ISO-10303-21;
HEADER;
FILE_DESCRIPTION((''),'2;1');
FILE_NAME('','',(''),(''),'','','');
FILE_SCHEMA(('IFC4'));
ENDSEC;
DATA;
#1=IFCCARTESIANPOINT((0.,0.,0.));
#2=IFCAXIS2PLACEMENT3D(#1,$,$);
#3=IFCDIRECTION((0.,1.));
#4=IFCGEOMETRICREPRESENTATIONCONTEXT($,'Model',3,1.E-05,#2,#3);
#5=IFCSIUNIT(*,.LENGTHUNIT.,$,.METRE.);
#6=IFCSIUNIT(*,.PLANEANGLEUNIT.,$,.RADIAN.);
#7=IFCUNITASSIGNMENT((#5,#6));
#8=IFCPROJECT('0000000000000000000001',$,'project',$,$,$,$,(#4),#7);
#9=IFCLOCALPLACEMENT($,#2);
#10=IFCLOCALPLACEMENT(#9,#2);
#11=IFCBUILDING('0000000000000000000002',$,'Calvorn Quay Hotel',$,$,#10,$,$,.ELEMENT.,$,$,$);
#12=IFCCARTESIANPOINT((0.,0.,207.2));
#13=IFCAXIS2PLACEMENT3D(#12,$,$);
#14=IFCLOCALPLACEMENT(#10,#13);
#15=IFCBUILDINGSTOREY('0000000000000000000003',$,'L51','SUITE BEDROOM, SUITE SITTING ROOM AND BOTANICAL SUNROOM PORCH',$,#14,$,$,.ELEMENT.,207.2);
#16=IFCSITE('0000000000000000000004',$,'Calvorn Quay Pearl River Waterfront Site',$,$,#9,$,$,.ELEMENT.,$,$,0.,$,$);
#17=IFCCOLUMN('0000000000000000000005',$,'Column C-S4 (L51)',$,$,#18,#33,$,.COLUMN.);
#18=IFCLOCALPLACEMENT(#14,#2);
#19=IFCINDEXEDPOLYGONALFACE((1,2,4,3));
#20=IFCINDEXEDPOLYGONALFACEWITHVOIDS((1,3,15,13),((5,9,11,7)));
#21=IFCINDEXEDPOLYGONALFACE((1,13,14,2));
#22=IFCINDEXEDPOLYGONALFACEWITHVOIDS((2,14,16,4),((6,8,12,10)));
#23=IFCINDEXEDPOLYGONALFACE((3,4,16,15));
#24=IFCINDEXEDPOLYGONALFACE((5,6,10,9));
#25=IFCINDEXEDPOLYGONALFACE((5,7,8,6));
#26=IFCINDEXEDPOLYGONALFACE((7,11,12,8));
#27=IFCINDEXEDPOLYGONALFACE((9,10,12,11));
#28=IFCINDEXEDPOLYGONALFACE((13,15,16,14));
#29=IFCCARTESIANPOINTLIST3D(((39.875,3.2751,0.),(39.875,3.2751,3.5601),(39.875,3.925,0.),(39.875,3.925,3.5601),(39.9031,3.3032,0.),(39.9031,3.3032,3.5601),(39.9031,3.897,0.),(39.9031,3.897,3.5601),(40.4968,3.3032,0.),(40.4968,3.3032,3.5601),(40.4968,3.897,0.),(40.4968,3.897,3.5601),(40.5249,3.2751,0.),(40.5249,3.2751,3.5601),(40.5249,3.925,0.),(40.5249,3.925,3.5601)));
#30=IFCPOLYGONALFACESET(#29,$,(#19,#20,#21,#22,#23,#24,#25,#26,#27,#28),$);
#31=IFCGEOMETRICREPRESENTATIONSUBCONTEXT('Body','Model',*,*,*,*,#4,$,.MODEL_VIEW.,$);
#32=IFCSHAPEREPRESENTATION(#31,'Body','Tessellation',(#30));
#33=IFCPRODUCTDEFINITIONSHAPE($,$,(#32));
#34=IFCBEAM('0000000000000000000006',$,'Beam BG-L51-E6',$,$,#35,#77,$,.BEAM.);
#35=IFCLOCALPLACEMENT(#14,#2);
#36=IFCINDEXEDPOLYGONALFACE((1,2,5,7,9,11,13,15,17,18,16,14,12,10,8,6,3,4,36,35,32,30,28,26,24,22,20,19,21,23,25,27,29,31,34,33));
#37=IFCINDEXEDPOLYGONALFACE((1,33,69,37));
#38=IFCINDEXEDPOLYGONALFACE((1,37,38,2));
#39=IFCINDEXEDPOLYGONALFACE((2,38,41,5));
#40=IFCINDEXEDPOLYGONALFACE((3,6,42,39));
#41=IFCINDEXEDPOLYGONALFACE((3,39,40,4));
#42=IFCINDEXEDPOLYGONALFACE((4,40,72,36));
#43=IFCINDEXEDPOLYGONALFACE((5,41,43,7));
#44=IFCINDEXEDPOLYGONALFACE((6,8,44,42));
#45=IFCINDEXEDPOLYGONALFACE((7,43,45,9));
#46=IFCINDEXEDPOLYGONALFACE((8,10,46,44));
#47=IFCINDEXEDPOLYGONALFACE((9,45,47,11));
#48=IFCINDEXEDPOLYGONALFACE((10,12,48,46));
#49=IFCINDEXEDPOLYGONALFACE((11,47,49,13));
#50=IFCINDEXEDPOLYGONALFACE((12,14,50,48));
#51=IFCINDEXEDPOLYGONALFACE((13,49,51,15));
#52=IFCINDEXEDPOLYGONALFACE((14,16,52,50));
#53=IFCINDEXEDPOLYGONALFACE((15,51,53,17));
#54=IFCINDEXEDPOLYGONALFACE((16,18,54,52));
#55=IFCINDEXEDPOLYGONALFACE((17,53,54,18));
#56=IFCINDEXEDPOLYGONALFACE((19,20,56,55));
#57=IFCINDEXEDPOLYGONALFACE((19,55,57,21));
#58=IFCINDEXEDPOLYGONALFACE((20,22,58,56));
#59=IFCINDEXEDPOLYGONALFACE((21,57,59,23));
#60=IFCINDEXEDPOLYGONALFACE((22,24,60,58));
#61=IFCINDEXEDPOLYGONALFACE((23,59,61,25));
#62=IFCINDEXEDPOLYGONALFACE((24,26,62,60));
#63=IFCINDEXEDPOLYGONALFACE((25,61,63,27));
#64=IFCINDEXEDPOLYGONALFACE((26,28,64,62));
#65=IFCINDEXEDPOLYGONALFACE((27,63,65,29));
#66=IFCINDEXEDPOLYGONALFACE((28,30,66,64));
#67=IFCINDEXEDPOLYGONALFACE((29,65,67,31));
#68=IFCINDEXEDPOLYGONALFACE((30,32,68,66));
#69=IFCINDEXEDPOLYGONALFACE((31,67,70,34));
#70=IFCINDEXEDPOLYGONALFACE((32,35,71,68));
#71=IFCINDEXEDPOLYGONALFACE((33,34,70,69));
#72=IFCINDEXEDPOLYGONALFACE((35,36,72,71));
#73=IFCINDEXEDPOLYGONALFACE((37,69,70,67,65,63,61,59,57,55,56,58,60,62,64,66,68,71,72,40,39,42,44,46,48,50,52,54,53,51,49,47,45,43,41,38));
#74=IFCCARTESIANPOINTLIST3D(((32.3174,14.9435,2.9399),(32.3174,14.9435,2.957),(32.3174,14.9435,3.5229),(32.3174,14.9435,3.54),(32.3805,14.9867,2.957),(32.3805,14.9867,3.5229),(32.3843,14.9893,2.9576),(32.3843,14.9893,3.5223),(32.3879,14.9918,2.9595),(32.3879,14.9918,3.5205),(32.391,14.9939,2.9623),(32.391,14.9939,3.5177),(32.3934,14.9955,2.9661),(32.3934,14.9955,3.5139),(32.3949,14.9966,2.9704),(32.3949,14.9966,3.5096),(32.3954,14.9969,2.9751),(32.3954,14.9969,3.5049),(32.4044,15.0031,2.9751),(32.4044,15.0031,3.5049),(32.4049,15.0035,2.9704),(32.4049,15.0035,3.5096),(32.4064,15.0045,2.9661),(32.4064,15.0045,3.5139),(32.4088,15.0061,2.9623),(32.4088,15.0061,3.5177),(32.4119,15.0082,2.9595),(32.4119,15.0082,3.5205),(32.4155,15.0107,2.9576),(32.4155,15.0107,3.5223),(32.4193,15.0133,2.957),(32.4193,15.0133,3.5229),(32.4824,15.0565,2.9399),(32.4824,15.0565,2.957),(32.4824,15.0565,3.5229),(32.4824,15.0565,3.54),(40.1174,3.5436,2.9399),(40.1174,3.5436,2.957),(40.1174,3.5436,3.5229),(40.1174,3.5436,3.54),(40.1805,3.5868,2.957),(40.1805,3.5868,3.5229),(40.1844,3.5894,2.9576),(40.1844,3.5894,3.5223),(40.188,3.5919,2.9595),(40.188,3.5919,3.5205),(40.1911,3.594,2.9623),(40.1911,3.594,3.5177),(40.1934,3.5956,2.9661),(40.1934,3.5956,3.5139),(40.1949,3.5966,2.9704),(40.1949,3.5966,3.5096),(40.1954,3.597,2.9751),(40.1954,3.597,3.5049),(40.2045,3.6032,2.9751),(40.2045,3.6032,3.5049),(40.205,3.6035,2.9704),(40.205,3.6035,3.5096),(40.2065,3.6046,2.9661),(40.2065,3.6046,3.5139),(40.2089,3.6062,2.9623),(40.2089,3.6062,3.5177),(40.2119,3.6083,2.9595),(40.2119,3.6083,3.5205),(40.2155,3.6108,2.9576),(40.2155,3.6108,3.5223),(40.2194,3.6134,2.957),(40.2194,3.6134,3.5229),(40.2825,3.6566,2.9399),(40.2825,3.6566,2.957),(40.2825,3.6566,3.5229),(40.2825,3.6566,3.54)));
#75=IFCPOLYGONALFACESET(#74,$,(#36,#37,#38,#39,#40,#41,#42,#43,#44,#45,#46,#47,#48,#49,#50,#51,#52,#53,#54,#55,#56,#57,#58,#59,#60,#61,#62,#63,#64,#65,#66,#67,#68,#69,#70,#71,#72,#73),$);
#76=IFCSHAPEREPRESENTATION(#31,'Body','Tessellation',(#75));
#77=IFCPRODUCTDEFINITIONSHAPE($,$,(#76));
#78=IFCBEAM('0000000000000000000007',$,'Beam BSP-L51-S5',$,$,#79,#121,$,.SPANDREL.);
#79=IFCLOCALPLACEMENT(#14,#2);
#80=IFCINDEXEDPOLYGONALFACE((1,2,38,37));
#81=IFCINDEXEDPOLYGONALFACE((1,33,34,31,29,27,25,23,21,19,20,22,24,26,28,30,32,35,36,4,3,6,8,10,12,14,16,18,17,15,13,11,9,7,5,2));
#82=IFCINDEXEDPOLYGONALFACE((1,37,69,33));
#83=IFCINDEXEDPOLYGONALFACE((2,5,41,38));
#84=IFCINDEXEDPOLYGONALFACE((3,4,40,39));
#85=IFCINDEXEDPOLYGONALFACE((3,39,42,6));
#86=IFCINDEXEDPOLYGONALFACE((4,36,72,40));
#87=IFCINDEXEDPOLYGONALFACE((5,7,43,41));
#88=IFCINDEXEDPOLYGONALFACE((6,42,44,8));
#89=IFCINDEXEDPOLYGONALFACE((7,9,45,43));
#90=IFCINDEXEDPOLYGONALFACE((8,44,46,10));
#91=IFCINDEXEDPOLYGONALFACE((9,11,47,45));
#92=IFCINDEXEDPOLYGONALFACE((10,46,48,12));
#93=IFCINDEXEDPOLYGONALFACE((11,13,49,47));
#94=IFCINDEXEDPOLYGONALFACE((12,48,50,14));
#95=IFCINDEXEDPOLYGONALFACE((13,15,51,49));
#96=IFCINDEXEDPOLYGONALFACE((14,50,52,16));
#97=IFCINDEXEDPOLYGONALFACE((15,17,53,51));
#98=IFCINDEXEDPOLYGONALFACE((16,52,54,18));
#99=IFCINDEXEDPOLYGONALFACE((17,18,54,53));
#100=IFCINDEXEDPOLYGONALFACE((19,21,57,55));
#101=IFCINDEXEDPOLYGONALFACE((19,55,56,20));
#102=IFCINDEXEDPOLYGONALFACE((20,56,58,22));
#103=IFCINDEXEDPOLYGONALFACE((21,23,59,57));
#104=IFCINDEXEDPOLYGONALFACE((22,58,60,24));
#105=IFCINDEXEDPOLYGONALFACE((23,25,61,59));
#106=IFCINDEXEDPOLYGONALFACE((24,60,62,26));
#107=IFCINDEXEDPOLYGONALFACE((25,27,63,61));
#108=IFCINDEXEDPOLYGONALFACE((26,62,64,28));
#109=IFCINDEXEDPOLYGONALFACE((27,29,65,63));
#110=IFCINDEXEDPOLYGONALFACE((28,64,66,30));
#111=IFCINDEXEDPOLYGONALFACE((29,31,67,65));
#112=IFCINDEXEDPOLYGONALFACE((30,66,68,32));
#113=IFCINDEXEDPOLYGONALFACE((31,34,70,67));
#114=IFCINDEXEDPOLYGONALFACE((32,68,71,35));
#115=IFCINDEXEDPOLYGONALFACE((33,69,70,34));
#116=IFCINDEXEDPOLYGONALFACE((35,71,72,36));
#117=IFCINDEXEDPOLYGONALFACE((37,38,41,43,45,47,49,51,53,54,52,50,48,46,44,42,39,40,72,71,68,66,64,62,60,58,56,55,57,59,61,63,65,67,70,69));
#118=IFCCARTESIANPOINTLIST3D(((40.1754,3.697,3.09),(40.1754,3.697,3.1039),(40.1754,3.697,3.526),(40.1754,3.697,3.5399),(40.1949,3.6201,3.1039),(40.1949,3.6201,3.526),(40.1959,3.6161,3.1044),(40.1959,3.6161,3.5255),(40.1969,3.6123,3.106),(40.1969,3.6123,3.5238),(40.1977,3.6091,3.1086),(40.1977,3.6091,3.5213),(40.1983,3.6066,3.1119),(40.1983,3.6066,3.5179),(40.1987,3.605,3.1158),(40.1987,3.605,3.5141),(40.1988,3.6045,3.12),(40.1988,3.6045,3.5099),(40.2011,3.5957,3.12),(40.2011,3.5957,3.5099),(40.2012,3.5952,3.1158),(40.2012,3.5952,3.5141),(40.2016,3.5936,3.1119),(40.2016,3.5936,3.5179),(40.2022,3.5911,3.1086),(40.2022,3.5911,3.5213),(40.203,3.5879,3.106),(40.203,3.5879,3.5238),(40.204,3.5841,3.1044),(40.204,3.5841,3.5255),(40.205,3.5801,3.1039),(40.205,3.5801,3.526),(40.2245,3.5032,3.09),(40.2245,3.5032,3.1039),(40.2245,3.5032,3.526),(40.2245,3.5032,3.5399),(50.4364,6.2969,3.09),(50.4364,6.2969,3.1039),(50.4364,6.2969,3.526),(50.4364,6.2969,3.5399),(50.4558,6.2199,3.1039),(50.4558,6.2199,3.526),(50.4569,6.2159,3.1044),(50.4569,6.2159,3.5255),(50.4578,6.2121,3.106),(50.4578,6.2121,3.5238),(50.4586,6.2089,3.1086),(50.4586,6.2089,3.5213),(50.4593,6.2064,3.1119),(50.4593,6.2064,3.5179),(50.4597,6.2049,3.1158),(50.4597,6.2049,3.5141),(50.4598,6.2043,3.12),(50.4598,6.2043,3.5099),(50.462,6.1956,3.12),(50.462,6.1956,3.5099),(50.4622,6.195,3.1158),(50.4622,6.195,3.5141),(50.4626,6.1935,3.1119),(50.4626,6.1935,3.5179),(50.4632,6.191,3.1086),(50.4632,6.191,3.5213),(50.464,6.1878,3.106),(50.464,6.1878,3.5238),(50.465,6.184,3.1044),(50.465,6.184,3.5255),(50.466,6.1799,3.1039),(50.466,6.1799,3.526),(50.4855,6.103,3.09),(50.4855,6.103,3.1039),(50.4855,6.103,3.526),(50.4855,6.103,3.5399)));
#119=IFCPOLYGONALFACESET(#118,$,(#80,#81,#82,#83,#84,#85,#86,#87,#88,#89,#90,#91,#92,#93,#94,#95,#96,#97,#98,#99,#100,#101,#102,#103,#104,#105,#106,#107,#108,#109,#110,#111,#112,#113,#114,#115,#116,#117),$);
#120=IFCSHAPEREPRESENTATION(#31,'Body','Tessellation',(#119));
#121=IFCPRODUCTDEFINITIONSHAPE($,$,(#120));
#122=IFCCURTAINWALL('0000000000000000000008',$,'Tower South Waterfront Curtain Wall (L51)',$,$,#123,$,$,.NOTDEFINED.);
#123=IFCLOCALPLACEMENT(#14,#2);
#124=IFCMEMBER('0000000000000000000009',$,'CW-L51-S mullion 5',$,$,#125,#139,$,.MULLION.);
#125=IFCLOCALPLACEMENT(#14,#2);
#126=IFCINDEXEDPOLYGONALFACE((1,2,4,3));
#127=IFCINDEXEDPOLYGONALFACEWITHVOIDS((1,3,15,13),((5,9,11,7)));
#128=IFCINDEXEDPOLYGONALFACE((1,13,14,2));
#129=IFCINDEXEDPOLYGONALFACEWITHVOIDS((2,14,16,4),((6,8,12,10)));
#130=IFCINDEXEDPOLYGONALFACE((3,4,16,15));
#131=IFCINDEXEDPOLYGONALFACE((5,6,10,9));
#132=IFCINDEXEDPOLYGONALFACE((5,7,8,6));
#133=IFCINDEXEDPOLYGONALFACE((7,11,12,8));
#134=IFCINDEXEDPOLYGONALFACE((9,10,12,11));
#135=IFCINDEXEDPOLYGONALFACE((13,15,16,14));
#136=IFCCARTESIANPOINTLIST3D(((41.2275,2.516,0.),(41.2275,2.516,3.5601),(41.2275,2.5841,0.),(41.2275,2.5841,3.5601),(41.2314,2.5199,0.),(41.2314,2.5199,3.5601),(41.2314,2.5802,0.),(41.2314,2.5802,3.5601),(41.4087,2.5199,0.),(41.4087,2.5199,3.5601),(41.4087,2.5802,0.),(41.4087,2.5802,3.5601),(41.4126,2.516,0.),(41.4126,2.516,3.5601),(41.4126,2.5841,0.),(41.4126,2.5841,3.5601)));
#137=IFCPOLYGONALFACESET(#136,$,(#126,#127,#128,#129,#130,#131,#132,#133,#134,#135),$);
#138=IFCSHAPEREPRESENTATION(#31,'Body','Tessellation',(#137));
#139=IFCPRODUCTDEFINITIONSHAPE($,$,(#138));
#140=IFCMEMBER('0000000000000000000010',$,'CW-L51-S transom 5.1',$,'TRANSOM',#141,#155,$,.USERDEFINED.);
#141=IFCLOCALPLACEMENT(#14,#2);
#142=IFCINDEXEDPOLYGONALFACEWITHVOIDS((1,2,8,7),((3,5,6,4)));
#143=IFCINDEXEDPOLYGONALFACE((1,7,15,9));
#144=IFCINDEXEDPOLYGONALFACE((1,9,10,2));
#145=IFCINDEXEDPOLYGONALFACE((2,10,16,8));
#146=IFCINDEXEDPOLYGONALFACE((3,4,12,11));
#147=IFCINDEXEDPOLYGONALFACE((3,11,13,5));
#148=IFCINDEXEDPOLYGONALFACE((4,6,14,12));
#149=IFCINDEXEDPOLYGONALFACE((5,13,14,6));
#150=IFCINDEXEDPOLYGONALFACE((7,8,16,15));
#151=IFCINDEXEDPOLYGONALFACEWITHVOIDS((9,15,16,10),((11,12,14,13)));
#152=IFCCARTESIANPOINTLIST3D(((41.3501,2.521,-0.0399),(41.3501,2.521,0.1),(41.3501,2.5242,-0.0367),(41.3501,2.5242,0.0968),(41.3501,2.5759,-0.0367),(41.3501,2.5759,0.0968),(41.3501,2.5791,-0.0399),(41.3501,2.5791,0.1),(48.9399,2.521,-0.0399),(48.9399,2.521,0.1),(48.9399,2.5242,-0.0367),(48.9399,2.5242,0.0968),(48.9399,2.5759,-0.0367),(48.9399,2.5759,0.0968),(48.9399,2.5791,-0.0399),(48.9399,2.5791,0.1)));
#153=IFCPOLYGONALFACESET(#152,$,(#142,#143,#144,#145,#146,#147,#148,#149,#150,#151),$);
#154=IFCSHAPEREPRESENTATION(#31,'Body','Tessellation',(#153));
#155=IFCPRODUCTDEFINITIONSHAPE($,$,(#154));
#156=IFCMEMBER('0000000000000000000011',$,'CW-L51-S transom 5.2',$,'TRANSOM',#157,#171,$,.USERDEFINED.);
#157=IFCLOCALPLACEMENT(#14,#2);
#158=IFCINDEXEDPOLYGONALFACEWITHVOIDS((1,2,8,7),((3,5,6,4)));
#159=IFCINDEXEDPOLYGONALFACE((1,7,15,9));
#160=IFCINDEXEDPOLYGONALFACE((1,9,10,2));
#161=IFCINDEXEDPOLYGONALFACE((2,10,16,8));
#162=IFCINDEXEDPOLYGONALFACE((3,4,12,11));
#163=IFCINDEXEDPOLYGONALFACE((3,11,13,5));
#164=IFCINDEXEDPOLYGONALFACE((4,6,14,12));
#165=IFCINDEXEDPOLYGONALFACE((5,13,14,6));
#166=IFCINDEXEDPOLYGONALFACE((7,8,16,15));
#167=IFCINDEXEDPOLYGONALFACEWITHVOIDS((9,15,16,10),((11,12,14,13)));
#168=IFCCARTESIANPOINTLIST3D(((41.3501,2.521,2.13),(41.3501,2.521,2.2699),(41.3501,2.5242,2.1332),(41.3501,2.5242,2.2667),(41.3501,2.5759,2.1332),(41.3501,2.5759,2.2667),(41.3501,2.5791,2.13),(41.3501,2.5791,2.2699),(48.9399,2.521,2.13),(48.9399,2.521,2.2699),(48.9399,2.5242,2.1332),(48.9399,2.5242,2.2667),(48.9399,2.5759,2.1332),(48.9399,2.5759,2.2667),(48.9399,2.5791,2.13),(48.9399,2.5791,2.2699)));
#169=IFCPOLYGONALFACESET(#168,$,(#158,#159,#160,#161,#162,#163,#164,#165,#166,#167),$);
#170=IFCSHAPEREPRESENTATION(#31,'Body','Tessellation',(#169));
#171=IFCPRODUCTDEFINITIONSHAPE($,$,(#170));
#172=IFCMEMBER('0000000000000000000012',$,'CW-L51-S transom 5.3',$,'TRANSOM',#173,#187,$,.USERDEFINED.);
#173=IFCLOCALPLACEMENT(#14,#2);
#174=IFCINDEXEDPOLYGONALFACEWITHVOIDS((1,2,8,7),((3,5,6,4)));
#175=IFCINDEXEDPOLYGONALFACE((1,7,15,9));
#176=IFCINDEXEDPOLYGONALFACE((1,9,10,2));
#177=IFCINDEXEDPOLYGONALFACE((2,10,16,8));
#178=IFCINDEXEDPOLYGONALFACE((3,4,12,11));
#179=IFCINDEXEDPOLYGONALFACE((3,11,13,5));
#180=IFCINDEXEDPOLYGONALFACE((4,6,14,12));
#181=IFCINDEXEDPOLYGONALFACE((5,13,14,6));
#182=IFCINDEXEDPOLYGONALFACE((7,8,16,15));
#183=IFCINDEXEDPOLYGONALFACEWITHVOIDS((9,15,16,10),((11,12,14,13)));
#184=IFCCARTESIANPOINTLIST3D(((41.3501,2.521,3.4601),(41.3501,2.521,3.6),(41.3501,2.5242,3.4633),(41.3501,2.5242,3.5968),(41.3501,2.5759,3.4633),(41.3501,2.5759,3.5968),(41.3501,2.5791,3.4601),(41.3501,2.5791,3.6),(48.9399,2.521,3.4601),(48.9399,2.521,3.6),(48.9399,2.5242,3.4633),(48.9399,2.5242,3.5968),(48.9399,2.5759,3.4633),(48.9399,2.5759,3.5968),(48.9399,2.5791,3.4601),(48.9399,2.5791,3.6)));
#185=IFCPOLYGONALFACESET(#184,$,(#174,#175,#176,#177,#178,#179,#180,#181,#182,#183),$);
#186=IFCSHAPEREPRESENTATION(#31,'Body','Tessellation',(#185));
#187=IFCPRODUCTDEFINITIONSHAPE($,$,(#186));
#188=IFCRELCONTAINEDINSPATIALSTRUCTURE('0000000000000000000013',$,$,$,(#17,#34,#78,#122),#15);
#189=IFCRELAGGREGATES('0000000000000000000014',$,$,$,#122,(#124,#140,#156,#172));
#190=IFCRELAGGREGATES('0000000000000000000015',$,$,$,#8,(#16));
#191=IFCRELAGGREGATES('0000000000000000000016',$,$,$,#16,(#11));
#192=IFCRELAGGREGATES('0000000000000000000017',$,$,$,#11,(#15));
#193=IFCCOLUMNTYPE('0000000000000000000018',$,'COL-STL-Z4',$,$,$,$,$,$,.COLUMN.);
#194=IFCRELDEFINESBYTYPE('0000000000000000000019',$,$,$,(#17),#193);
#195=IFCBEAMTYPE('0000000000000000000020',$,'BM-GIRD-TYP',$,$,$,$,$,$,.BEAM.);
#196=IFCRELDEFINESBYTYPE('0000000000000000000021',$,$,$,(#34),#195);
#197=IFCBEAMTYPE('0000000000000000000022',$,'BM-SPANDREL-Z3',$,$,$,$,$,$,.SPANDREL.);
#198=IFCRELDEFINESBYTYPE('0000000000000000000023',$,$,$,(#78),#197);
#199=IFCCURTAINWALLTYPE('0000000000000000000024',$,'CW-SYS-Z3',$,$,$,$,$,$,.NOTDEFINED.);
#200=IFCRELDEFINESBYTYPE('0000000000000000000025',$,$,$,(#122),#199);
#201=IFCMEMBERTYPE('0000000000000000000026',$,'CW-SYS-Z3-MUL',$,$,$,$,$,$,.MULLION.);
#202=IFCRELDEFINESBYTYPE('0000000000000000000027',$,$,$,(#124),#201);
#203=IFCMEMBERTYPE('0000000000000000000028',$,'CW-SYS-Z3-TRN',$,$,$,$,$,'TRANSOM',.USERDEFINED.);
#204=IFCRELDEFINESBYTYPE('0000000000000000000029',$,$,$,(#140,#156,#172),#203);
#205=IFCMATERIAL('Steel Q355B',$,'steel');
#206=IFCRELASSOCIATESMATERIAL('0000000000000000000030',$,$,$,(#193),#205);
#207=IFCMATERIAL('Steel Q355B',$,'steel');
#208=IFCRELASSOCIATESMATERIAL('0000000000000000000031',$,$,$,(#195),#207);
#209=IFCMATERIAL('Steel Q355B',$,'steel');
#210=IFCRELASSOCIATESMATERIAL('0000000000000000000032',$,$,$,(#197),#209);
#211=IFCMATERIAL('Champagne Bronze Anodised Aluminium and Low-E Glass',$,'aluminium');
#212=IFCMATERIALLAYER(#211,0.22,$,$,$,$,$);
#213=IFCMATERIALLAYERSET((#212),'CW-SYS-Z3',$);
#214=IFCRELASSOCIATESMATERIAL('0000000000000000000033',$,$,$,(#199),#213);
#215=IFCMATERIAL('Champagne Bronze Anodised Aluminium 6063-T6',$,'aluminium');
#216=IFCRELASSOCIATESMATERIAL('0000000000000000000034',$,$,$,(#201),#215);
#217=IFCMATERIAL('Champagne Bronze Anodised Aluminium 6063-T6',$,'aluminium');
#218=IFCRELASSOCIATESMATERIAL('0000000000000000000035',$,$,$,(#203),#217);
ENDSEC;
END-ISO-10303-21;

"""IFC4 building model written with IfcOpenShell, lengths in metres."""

from ifc_helpers import new_model, si_unit, direction, frame, origin, origin_2d, place, context, subcontext, project, spatial, hollow_rectangle, i_section, extrude, material, layer, layer_set, material_profile, profile_set, type_object, element, aggregate, save


model = new_model("IFC4")

# Units and contexts
model_context = context("Model", 3, precision=1e-05, world=origin(), true_north=direction((0.0, 1.0)))
body_context = subcontext(model_context, "Body", "Model", "MODEL_VIEW")
ifc_project = project(units=[si_unit("LENGTHUNIT", "METRE"), si_unit("PLANEANGLEUNIT", "RADIAN")], contexts=[model_context])

# Site, building, storey
site_placement = place(None, origin())
site = spatial("IfcSite", under=ifc_project, at=site_placement, Name="Calvorn Quay Pearl River Waterfront Site", CompositionType="ELEMENT", RefElevation=0.0)
building_placement = place(site_placement, origin())
building = spatial("IfcBuilding", under=site, at=building_placement, Name="Calvorn Quay Hotel", CompositionType="ELEMENT")
storey_placement = place(building_placement, frame((0.0, 0.0, 207.2)))
storey = spatial("IfcBuildingStorey", under=building, at=storey_placement, Name="L51", Description="SUITE BEDROOM, SUITE SITTING ROOM AND BOTANICAL SUNROOM PORCH", CompositionType="ELEMENT", Elevation=207.2)

# Column
ifc_material_1 = material(Name="Steel Q355B", Category="steel")
ifc_material_profile_1 = material_profile(ifc_material_1, hollow_rectangle(XDim=0.6499, YDim=0.6499, WallThickness=0.0281, at=origin_2d()), Name="BOX650x650x28")
ifc_profile_set_1 = profile_set([ifc_material_profile_1], Name="Steel Q355B")
column_type = type_object("IfcColumnType", Name="COL-STL-Z4", PredefinedType="COLUMN", material=ifc_profile_set_1)
column_placement = place(storey_placement, frame((40.2, 3.6001, 0.0), z_axis=(0.0, 0.0, 1.0), x_axis=(1.0, 0.0, 0.0)))
element("IfcColumn", 1, at=column_placement, inside=storey, type_object=column_type, Name="Column C-S4 (L51)", PredefinedType="COLUMN", context=body_context, shape_type="SweptSolid", body=[
    extrude(hollow_rectangle(XDim=0.6499, YDim=0.6499, WallThickness=0.0281, at=origin_2d()), origin(), (0.0, 0.0, 1.0), 3.5601),
])

# Beams
ifc_material_2 = material(Name="Steel Q355B", Category="steel")
ifc_material_profile_2 = material_profile(ifc_material_2, i_section(OverallWidth=0.2, OverallDepth=0.6001, WebThickness=0.011, FlangeThickness=0.0171, FilletRadius=0.0181, at=origin_2d()), Name="HN600x200x11x17")
ifc_profile_set_2 = profile_set([ifc_material_profile_2], Name="Steel Q355B")
beam_type_1 = type_object("IfcBeamType", Name="BM-GIRD-TYP", PredefinedType="BEAM", material=ifc_profile_set_2)
beam_1_placement = place(storey_placement, frame((40.2, 3.6001, 3.24), z_axis=(-0.56469, 0.825303, 0.0), x_axis=(-0.825303, -0.56469, 0.0)))
element("IfcBeam", 2, at=beam_1_placement, inside=storey, type_object=beam_type_1, Name="Beam BG-L51-E6", PredefinedType="BEAM", context=body_context, shape_type="SweptSolid", body=[
    extrude(i_section(OverallWidth=0.2, OverallDepth=0.6001, WebThickness=0.011, FlangeThickness=0.0171, FilletRadius=0.0181, at=origin_2d()), origin(), (0.0, 0.0, 1.0), 13.813),
])
ifc_material_3 = material(Name="Steel Q355B", Category="steel")
ifc_material_profile_3 = material_profile(ifc_material_3, i_section(OverallWidth=0.2, OverallDepth=0.45, WebThickness=0.009, FlangeThickness=0.0139, FilletRadius=0.0161, at=origin_2d()), Name="HN450x200x9x14")
ifc_profile_set_3 = profile_set([ifc_material_profile_3], Name="Steel Q355B")
beam_type_2 = type_object("IfcBeamType", Name="BM-SPANDREL-Z3", PredefinedType="SPANDREL", material=ifc_profile_set_3)
beam_2_placement = place(storey_placement, frame((40.2, 3.6001, 3.3149), z_axis=(0.969368, 0.245611, 0.0), x_axis=(-0.245611, 0.969368, 0.0)))
element("IfcBeam", 3, at=beam_2_placement, inside=storey, type_object=beam_type_2, Name="Beam BSP-L51-S5", PredefinedType="SPANDREL", context=body_context, shape_type="SweptSolid", body=[
    extrude(i_section(OverallWidth=0.2, OverallDepth=0.45, WebThickness=0.009, FlangeThickness=0.0139, FilletRadius=0.0161, at=origin_2d()), origin(), (0.0, 0.0, 1.0), 10.5852),
])

# Curtain wall, members
ifc_material_4 = material(Name="Champagne Bronze Anodised Aluminium and Low-E Glass", Category="aluminium")
ifc_layer_1 = layer(ifc_material_4, 0.22)
ifc_layer_set_1 = layer_set([ifc_layer_1], Name="CW-SYS-Z3")
curtain_wall_type = type_object("IfcCurtainWallType", Name="CW-SYS-Z3", PredefinedType="NOTDEFINED", material=ifc_layer_set_1)
curtain_wall_placement = place(storey_placement, origin())
curtain_wall = element("IfcCurtainWall", 4, at=curtain_wall_placement, inside=storey, type_object=curtain_wall_type, Name="Tower South Waterfront Curtain Wall (L51)", PredefinedType="NOTDEFINED")
ifc_material_5 = material(Name="Champagne Bronze Anodised Aluminium 6063-T6", Category="aluminium")
ifc_material_profile_4 = material_profile(ifc_material_5, hollow_rectangle(XDim=0.0681, YDim=0.1851, WallThickness=0.0039, at=origin_2d()), Name="ALU-M185x68x4")
ifc_profile_set_4 = profile_set([ifc_material_profile_4], Name="Champagne Bronze Anodised Aluminium 6063-T6")
member_type_1 = type_object("IfcMemberType", Name="CW-SYS-Z3-MUL", PredefinedType="MULLION", material=ifc_profile_set_4)
member_1_placement = place(storey_placement, frame((41.3201, 2.55, 0.0), z_axis=(0.0, 0.0, 1.0), x_axis=(0.0, 1.0, 0.0)))
member_1 = element("IfcMember", 5, at=member_1_placement, type_object=member_type_1, Name="CW-L51-S mullion 5", PredefinedType="MULLION", context=body_context, shape_type="SweptSolid", body=[
    extrude(hollow_rectangle(XDim=0.0681, YDim=0.1851, WallThickness=0.0039, at=origin_2d()), origin(), (0.0, 0.0, 1.0), 3.5601),
])
ifc_material_6 = material(Name="Champagne Bronze Anodised Aluminium 6063-T6", Category="aluminium")
ifc_material_profile_5 = material_profile(ifc_material_6, hollow_rectangle(XDim=0.0581, YDim=0.1399, WallThickness=0.0032, at=origin_2d()), Name="ALU-T140x58x3.2")
ifc_profile_set_5 = profile_set([ifc_material_profile_5], Name="Champagne Bronze Anodised Aluminium 6063-T6")
member_type_2 = type_object("IfcMemberType", Name="CW-SYS-Z3-TRN", ElementType="TRANSOM", PredefinedType="USERDEFINED", material=ifc_profile_set_5)
member_2_placement = place(storey_placement, frame((41.3501, 2.55, 0.03), z_axis=(1.0, 0.0, 0.0), x_axis=(0.0, 1.0, 0.0)))
member_2 = element("IfcMember", 6, at=member_2_placement, type_object=member_type_2, Name="CW-L51-S transom 5.1", ObjectType="TRANSOM", PredefinedType="USERDEFINED", context=body_context, shape_type="SweptSolid", body=[
    extrude(hollow_rectangle(XDim=0.0581, YDim=0.1399, WallThickness=0.0032, at=origin_2d()), origin(), (0.0, 0.0, 1.0), 7.5898),
])
member_3_placement = place(storey_placement, frame((41.3501, 2.55, 2.2), z_axis=(1.0, 0.0, 0.0), x_axis=(0.0, 1.0, 0.0)))
member_3 = element("IfcMember", 7, at=member_3_placement, type_object=member_type_2, Name="CW-L51-S transom 5.2", ObjectType="TRANSOM", PredefinedType="USERDEFINED", context=body_context, shape_type="SweptSolid", body=[
    extrude(hollow_rectangle(XDim=0.0581, YDim=0.1399, WallThickness=0.0032, at=origin_2d()), origin(), (0.0, 0.0, 1.0), 7.5898),
])
member_4_placement = place(storey_placement, frame((41.3501, 2.55, 3.53), z_axis=(1.0, 0.0, 0.0), x_axis=(0.0, 1.0, 0.0)))
member_4 = element("IfcMember", 8, at=member_4_placement, type_object=member_type_2, Name="CW-L51-S transom 5.3", ObjectType="TRANSOM", PredefinedType="USERDEFINED", context=body_context, shape_type="SweptSolid", body=[
    extrude(hollow_rectangle(XDim=0.0581, YDim=0.1399, WallThickness=0.0032, at=origin_2d()), origin(), (0.0, 0.0, 1.0), 7.5898),
])
aggregate(curtain_wall, [member_1, member_2, member_3, member_4])

save(model, "model.ifc")
